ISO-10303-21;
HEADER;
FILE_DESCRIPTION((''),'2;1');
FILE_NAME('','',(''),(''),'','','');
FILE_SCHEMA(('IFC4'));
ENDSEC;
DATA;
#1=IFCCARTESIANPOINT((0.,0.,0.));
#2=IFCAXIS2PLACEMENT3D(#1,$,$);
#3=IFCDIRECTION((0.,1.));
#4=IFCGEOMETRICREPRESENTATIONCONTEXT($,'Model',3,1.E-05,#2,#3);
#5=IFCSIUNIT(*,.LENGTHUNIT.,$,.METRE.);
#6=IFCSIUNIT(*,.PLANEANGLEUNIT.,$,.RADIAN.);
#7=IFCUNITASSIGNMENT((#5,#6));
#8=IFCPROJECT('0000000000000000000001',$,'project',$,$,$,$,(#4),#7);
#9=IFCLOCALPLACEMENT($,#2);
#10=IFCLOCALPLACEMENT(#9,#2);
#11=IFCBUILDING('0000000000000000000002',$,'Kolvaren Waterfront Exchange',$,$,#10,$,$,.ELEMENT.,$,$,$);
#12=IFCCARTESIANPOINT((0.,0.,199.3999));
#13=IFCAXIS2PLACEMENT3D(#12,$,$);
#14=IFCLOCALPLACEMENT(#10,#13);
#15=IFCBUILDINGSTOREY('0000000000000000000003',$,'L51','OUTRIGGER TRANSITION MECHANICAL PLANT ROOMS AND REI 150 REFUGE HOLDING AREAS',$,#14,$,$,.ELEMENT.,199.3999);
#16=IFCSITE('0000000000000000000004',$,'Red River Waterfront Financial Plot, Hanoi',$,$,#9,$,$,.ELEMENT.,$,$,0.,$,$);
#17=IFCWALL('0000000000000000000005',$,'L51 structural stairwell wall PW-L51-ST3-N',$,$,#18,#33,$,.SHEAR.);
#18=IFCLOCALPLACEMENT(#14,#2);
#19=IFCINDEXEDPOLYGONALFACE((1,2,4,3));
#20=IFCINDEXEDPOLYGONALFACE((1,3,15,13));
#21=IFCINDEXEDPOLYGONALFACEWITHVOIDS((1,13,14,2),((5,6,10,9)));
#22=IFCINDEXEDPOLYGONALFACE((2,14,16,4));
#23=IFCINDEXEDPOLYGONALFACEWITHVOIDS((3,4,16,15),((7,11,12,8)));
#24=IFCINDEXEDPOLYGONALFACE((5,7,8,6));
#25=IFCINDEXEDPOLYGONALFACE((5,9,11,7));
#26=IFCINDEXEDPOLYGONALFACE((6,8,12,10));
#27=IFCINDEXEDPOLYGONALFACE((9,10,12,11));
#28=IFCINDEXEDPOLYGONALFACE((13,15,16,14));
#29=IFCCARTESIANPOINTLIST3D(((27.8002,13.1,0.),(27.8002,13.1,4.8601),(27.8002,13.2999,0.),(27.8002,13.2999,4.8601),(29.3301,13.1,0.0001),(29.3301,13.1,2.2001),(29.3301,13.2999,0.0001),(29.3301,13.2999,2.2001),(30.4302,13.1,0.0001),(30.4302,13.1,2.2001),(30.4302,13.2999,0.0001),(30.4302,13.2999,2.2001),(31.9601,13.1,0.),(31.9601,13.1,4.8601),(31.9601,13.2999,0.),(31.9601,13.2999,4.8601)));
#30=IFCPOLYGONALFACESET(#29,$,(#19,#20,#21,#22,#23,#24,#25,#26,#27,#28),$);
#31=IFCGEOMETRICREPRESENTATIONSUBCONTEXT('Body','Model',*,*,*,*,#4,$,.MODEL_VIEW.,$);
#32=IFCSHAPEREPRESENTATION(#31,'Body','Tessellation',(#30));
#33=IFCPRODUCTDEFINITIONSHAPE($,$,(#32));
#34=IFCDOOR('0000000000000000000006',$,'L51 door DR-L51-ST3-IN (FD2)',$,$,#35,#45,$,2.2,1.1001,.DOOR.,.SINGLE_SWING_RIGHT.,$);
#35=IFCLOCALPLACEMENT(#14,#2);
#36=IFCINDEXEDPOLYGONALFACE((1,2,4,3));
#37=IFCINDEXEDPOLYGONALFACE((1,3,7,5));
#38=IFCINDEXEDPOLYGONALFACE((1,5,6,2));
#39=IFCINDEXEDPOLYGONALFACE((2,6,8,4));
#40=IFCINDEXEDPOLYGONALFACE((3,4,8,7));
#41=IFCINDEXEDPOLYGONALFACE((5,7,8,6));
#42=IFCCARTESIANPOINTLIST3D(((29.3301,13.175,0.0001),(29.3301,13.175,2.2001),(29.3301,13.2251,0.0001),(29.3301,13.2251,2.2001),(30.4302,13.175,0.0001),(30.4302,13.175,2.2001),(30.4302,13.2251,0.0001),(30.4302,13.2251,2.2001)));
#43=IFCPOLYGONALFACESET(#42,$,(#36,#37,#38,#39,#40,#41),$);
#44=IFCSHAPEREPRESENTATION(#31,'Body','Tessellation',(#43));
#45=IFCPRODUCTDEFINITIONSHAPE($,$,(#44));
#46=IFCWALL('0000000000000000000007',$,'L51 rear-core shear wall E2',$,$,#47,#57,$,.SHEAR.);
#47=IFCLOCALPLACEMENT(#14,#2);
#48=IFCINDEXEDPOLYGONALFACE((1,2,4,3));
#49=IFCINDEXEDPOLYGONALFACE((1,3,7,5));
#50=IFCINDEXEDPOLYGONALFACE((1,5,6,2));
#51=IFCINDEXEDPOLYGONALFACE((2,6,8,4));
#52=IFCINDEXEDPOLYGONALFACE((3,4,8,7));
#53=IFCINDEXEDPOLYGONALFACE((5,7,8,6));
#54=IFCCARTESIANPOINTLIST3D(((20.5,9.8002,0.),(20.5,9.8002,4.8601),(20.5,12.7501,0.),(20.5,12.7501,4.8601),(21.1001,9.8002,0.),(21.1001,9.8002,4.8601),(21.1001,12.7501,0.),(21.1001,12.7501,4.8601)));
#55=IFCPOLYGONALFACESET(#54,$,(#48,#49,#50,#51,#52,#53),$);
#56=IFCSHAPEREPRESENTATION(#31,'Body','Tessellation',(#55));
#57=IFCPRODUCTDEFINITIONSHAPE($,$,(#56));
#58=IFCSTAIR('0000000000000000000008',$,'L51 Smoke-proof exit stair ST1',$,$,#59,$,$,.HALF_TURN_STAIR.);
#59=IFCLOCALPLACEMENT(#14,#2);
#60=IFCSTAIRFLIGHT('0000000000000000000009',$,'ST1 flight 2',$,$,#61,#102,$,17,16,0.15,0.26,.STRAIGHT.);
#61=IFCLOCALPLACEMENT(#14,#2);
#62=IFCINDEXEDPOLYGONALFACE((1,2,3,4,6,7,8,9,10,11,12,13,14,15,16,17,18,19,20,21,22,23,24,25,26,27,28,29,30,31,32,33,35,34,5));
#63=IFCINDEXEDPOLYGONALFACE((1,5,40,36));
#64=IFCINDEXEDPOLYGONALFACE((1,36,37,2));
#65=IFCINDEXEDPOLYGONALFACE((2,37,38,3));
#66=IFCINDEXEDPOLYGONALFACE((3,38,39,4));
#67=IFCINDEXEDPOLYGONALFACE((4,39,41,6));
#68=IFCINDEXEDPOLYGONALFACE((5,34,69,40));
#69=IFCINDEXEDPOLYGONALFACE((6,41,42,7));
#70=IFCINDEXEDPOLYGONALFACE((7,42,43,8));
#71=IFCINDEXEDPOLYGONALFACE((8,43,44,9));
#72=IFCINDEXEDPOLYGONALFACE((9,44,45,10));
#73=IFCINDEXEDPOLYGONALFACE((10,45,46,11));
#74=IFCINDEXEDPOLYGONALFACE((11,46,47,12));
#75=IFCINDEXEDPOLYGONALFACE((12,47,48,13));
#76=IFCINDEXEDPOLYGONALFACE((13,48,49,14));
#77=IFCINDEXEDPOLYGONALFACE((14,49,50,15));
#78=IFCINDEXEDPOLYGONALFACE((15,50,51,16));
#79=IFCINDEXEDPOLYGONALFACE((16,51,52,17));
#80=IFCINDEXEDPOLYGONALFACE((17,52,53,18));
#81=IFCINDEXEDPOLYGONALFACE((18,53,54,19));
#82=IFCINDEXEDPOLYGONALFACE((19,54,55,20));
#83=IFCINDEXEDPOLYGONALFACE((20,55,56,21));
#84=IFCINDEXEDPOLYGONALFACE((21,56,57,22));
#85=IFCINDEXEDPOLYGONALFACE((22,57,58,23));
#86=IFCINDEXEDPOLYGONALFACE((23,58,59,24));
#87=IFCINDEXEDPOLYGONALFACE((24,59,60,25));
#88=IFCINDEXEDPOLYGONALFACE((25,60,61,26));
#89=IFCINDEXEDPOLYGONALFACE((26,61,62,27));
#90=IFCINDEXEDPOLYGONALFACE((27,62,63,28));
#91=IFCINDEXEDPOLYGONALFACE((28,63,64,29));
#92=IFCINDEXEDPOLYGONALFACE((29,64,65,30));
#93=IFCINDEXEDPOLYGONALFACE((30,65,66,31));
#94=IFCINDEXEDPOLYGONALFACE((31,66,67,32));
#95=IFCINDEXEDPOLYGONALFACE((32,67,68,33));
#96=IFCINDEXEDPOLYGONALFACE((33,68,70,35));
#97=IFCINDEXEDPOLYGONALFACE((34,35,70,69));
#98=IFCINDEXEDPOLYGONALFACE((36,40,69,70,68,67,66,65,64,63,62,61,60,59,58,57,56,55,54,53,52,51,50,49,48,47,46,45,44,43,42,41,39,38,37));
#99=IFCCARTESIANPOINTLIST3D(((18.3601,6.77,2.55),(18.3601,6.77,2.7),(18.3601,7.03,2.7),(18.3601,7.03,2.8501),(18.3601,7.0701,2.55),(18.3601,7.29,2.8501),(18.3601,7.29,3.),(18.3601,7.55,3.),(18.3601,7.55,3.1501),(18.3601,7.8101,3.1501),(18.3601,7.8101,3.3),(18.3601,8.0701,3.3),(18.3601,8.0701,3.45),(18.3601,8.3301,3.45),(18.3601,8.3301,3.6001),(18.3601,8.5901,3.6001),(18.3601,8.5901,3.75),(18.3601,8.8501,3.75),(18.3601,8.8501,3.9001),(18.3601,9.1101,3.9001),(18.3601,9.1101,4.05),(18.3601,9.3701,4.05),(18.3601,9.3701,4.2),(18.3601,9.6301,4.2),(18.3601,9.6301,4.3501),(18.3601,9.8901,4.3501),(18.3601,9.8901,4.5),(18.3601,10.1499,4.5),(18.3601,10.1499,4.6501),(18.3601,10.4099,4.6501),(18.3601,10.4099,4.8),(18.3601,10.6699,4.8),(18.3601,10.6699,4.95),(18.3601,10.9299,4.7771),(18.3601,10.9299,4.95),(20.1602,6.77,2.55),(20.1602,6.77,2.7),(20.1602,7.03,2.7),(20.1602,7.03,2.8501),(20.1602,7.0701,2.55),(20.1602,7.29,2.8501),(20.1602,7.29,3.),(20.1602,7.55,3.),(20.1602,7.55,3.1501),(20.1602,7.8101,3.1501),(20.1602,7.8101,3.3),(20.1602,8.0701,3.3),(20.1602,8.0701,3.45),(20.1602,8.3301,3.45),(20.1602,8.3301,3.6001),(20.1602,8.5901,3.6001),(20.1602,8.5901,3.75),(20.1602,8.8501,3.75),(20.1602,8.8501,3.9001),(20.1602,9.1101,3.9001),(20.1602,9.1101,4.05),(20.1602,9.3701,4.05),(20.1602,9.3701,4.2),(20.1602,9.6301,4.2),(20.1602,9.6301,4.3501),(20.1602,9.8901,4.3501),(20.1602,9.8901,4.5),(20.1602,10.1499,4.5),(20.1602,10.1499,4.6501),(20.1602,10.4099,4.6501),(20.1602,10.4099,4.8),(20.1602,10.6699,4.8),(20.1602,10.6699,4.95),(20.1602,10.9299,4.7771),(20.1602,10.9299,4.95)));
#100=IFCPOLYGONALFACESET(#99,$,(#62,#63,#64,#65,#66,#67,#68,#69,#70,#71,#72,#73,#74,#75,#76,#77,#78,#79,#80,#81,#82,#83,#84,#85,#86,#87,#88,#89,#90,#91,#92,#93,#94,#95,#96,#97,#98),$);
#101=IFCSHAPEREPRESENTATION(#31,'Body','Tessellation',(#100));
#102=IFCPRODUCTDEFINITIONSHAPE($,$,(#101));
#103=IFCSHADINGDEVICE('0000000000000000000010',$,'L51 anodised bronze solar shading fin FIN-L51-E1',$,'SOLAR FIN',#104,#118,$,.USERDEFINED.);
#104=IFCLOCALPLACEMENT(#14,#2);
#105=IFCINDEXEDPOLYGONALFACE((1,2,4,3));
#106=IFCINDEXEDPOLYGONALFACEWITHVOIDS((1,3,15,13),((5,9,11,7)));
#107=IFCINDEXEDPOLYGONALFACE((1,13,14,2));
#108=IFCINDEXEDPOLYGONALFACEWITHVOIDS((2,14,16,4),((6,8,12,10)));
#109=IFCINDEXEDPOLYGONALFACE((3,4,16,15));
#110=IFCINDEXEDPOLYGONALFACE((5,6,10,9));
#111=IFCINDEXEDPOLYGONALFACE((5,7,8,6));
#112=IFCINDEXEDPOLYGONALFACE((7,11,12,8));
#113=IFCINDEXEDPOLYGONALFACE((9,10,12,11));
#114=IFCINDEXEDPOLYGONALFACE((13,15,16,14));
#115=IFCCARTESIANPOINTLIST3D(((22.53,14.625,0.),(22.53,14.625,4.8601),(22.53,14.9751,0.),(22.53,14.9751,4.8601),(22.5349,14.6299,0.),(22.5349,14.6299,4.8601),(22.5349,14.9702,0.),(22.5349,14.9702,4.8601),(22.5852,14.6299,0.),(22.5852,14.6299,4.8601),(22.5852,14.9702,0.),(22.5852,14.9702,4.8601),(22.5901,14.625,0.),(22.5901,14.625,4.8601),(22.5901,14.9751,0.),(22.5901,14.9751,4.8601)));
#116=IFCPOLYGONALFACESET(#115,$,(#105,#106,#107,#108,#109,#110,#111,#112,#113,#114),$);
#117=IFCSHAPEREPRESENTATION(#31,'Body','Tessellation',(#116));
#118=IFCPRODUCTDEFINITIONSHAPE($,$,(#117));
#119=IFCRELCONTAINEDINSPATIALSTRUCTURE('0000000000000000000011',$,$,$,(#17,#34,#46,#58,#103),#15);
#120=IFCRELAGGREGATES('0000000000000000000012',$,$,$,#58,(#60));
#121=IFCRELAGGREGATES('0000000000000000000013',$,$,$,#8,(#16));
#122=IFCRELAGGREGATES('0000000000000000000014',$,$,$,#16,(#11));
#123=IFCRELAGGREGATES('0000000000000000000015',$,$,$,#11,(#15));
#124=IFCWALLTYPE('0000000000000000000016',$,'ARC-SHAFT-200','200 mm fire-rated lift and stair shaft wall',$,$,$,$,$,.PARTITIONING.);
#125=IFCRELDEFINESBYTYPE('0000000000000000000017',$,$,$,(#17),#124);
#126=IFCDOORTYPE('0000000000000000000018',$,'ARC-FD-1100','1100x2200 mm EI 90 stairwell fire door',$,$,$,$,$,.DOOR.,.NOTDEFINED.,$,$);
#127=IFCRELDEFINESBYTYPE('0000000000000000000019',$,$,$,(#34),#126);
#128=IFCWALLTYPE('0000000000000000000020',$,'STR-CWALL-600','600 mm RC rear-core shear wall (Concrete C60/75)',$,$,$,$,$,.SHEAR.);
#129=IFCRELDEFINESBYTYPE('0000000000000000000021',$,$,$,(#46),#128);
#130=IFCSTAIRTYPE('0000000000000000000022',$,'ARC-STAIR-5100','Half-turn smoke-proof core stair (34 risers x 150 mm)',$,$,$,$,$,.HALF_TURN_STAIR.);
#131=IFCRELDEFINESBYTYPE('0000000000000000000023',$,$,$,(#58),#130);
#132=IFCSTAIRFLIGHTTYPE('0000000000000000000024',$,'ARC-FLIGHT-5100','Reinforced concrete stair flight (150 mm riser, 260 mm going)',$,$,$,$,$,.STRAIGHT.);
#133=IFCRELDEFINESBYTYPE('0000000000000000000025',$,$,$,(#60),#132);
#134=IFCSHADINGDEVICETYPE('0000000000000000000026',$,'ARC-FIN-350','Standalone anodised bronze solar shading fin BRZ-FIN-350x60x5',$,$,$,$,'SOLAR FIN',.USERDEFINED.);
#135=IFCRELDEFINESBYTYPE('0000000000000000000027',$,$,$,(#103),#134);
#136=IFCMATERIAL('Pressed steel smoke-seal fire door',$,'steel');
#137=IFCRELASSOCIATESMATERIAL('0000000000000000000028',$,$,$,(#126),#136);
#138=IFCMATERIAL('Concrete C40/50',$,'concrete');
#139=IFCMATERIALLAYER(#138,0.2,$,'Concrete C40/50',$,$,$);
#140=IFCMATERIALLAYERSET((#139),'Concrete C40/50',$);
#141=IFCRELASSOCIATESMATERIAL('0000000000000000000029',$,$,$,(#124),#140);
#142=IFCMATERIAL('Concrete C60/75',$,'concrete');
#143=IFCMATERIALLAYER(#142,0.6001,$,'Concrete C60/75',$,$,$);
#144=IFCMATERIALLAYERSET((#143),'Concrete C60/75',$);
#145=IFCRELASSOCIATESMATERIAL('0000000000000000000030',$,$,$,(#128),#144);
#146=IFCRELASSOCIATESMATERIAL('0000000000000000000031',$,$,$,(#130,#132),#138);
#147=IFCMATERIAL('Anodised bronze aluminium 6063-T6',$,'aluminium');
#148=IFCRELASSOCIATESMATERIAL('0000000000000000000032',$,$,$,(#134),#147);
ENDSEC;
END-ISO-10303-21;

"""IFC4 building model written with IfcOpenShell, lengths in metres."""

from ifc_helpers import new_model, si_unit, direction, frame, frame_2d, origin, origin_2d, place, context, subcontext, project, spatial, polyline, rectangle, hollow_rectangle, outline, extrude, material, layer, layer_set, material_profile, profile_set, type_object, element, fill, aggregate, save


model = new_model("IFC4")

# Units and contexts
model_context = context("Model", 3, precision=1e-05, world=origin(), true_north=direction((0.0, 1.0)))
body_context = subcontext(model_context, "Body", "Model", "MODEL_VIEW")
ifc_project = project(units=[si_unit("LENGTHUNIT", "METRE"), si_unit("PLANEANGLEUNIT", "RADIAN")], contexts=[model_context])

# Site, building, storey
site_placement = place(None, origin())
site = spatial("IfcSite", under=ifc_project, at=site_placement, Name="Red River Waterfront Financial Plot, Hanoi", CompositionType="ELEMENT", RefElevation=0.0)
building_placement = place(site_placement, origin())
building = spatial("IfcBuilding", under=site, at=building_placement, Name="Kolvaren Waterfront Exchange", CompositionType="ELEMENT")
storey_placement = place(building_placement, frame((0.0, 0.0, 199.3999)))
storey = spatial("IfcBuildingStorey", under=building, at=storey_placement, Name="L51", Description="OUTRIGGER TRANSITION MECHANICAL PLANT ROOMS AND REI 150 REFUGE HOLDING AREAS", CompositionType="ELEMENT", Elevation=199.3999)

# Shared definitions
ifc_material_1 = material(Name="Concrete C60/75", Category="concrete")

# Shared definitions
ifc_material_2 = material(Name="Pressed steel smoke-seal fire door", Category="steel")
door_type_1 = type_object("IfcDoorType", Name="ARC-FD-1100", Description="1100x2200 mm EI 90 stairwell fire door", OperationType="NOTDEFINED", PredefinedType="DOOR", material=ifc_material_2)

# Shared definitions
ifc_material_3 = material(Name="Concrete C40/50", Category="concrete")
ifc_layer_1 = layer(ifc_material_3, 0.2, Name="Concrete C40/50")
ifc_layer_set_1 = layer_set([ifc_layer_1], Name="Concrete C40/50")
wall_type_1 = type_object("IfcWallType", Name="ARC-SHAFT-200", Description="200 mm fire-rated lift and stair shaft wall", PredefinedType="PARTITIONING", material=ifc_layer_set_1)

# Wall, opening, door
wall_1_placement = place(storey_placement, frame((27.8, 13.2, 0.0), z_axis=(0.0, 0.0, 1.0), x_axis=(1.0, 0.0, 0.0)))
wall_1 = element("IfcWall", 1, at=wall_1_placement, inside=storey, type_object=wall_type_1, Name="L51 structural stairwell wall PW-L51-ST3-N", PredefinedType="SHEAR", context=body_context, shape_type="SweptSolid", body=[
    extrude(rectangle(XDim=4.1599, YDim=0.2, at=frame_2d((2.0801, 0.0))), origin(), (0.0, 0.0, 1.0), 4.8601),
])
opening_1_placement = place(wall_1_placement, frame((1.53, 0.0, 0.0)))
opening_1 = element("IfcOpeningElement", 2, at=opening_1_placement, cuts=wall_1, PredefinedType="OPENING", context=body_context, shape_type="SweptSolid", body=[
    extrude(rectangle(XDim=1.1001, YDim=2.2, at=frame_2d((0.55, 1.1001))), frame((0.0, 0.1099, 0.0), z_axis=(0.0, -1.0, 0.0), x_axis=(1.0, 0.0, 0.0)), (0.0, 0.0, 1.0), 0.22),
])
door_1_placement = place(opening_1_placement, frame((1.1001, 0.0, 0.0), z_axis=(0.0, 0.0, 1.0), x_axis=(-1.0, 0.0, 0.0)))
door_1 = element("IfcDoor", 3, at=door_1_placement, inside=storey, type_object=door_type_1, Name="L51 door DR-L51-ST3-IN (FD2)", OperationType="SINGLE_SWING_RIGHT", OverallHeight=2.2, OverallWidth=1.1001, PredefinedType="DOOR", context=body_context, shape_type="SweptSolid", body=[
    extrude(rectangle(XDim=1.1001, YDim=2.2, at=frame_2d((0.55, 1.1001))), frame((0.0, 0.0249, 0.0), z_axis=(0.0, -1.0, 0.0), x_axis=(1.0, 0.0, 0.0)), (0.0, 0.0, 1.0), 0.05),
])
fill(opening_1, door_1)

# Wall
ifc_layer_2 = layer(ifc_material_1, 0.6001, Name="Concrete C60/75")
ifc_layer_set_2 = layer_set([ifc_layer_2], Name="Concrete C60/75")
wall_type_2 = type_object("IfcWallType", Name="STR-CWALL-600", Description="600 mm RC rear-core shear wall (Concrete C60/75)", PredefinedType="SHEAR", material=ifc_layer_set_2)
wall_2_placement = place(storey_placement, frame((20.8, 9.8, 0.0), z_axis=(0.0, 0.0, 1.0), x_axis=(0.0, 1.0, 0.0)))
element("IfcWall", 4, at=wall_2_placement, inside=storey, type_object=wall_type_2, Name="L51 rear-core shear wall E2", PredefinedType="SHEAR", context=body_context, shape_type="SweptSolid", body=[
    extrude(rectangle(XDim=2.95, YDim=0.6001, at=frame_2d((1.4751, 0.0))), origin(), (0.0, 0.0, 1.0), 4.8601),
])

# Stair, stair flight
stair_type = type_object("IfcStairType", Name="ARC-STAIR-5100", Description="Half-turn smoke-proof core stair (34 risers x 150 mm)", PredefinedType="HALF_TURN_STAIR", material=ifc_material_3)
stair_placement = place(storey_placement, origin())
stair = element("IfcStair", 5, at=stair_placement, inside=storey, type_object=stair_type, Name="L51 Smoke-proof exit stair ST1", PredefinedType="HALF_TURN_STAIR")
stair_flight_type = type_object("IfcStairFlightType", Name="ARC-FLIGHT-5100", Description="Reinforced concrete stair flight (150 mm riser, 260 mm going)", PredefinedType="STRAIGHT", material=ifc_material_3)
stair_flight_placement = place(storey_placement, frame((19.26, 6.77, 2.55), z_axis=(0.0, 0.0, 1.0), x_axis=(0.0, 1.0, 0.0)))
stair_flight = element("IfcStairFlight", 6, at=stair_flight_placement, type_object=stair_flight_type, Name="ST1 flight 2", NumberOfRisers=17, NumberOfTreads=16, PredefinedType="STRAIGHT", RiserHeight=0.15, TreadLength=0.26, context=body_context, shape_type="SweptSolid", body=[
    extrude(outline(polyline([(0.0, 0.0), (0.0, 0.1499), (0.26, 0.1499), (0.26, 0.3), (0.52, 0.3), (0.52, 0.45), (0.78, 0.45), (0.78, 0.6001), (1.04, 0.6001), (1.04, 0.75), (1.3, 0.75), (1.3, 0.8999), (1.5601, 0.8999), (1.5601, 1.05), (1.8201, 1.05), (1.8201, 1.2), (2.0801, 1.2), (2.0801, 1.3501), (2.3401, 1.3501), (2.3401, 1.5), (2.6001, 1.5), (2.6001, 1.6499), (2.8601, 1.6499), (2.8601, 1.8), (3.1201, 1.8), (3.1201, 1.95), (3.3799, 1.95), (3.3799, 2.1001), (3.6399, 2.1001), (3.6399, 2.25), (3.8999, 2.25), (3.8999, 2.3999), (4.1599, 2.3999), (4.1599, 2.55), (4.1599, 2.2271), (0.3, 0.0), (0.0, 0.0)])), frame((0.0, 0.8999, 0.0), z_axis=(0.0, -1.0, 0.0), x_axis=(1.0, 0.0, 0.0)), (0.0, 0.0, 1.0), 1.8),
])
aggregate(stair, [stair_flight])

# Shading device
ifc_material_4 = material(Name="Anodised bronze aluminium 6063-T6", Category="aluminium")
ifc_material_profile_1 = material_profile(ifc_material_4, hollow_rectangle(XDim=0.0601, YDim=0.3501, WallThickness=0.0049, at=origin_2d()), Name="BRZ-FIN-350x60x5")
ifc_profile_set_1 = profile_set([ifc_material_profile_1], Name="Anodised bronze aluminium 6063-T6")
shading_device_type = type_object("IfcShadingDeviceType", Name="ARC-FIN-350", Description="Standalone anodised bronze solar shading fin BRZ-FIN-350x60x5", ElementType="SOLAR FIN", PredefinedType="USERDEFINED", material=ifc_profile_set_1)
shading_device_placement = place(storey_placement, frame((22.5601, 14.8, 0.0), z_axis=(0.0, 0.0, 1.0), x_axis=(1.0, 0.0, 0.0)))
element("IfcShadingDevice", 7, at=shading_device_placement, inside=storey, type_object=shading_device_type, Name="L51 anodised bronze solar shading fin FIN-L51-E1", ObjectType="SOLAR FIN", PredefinedType="USERDEFINED", context=body_context, shape_type="SweptSolid", body=[
    extrude(hollow_rectangle(XDim=0.0601, YDim=0.3501, WallThickness=0.0049, at=origin_2d()), origin(), (0.0, 0.0, 1.0), 4.8601),
])

save(model, "model.ifc")
